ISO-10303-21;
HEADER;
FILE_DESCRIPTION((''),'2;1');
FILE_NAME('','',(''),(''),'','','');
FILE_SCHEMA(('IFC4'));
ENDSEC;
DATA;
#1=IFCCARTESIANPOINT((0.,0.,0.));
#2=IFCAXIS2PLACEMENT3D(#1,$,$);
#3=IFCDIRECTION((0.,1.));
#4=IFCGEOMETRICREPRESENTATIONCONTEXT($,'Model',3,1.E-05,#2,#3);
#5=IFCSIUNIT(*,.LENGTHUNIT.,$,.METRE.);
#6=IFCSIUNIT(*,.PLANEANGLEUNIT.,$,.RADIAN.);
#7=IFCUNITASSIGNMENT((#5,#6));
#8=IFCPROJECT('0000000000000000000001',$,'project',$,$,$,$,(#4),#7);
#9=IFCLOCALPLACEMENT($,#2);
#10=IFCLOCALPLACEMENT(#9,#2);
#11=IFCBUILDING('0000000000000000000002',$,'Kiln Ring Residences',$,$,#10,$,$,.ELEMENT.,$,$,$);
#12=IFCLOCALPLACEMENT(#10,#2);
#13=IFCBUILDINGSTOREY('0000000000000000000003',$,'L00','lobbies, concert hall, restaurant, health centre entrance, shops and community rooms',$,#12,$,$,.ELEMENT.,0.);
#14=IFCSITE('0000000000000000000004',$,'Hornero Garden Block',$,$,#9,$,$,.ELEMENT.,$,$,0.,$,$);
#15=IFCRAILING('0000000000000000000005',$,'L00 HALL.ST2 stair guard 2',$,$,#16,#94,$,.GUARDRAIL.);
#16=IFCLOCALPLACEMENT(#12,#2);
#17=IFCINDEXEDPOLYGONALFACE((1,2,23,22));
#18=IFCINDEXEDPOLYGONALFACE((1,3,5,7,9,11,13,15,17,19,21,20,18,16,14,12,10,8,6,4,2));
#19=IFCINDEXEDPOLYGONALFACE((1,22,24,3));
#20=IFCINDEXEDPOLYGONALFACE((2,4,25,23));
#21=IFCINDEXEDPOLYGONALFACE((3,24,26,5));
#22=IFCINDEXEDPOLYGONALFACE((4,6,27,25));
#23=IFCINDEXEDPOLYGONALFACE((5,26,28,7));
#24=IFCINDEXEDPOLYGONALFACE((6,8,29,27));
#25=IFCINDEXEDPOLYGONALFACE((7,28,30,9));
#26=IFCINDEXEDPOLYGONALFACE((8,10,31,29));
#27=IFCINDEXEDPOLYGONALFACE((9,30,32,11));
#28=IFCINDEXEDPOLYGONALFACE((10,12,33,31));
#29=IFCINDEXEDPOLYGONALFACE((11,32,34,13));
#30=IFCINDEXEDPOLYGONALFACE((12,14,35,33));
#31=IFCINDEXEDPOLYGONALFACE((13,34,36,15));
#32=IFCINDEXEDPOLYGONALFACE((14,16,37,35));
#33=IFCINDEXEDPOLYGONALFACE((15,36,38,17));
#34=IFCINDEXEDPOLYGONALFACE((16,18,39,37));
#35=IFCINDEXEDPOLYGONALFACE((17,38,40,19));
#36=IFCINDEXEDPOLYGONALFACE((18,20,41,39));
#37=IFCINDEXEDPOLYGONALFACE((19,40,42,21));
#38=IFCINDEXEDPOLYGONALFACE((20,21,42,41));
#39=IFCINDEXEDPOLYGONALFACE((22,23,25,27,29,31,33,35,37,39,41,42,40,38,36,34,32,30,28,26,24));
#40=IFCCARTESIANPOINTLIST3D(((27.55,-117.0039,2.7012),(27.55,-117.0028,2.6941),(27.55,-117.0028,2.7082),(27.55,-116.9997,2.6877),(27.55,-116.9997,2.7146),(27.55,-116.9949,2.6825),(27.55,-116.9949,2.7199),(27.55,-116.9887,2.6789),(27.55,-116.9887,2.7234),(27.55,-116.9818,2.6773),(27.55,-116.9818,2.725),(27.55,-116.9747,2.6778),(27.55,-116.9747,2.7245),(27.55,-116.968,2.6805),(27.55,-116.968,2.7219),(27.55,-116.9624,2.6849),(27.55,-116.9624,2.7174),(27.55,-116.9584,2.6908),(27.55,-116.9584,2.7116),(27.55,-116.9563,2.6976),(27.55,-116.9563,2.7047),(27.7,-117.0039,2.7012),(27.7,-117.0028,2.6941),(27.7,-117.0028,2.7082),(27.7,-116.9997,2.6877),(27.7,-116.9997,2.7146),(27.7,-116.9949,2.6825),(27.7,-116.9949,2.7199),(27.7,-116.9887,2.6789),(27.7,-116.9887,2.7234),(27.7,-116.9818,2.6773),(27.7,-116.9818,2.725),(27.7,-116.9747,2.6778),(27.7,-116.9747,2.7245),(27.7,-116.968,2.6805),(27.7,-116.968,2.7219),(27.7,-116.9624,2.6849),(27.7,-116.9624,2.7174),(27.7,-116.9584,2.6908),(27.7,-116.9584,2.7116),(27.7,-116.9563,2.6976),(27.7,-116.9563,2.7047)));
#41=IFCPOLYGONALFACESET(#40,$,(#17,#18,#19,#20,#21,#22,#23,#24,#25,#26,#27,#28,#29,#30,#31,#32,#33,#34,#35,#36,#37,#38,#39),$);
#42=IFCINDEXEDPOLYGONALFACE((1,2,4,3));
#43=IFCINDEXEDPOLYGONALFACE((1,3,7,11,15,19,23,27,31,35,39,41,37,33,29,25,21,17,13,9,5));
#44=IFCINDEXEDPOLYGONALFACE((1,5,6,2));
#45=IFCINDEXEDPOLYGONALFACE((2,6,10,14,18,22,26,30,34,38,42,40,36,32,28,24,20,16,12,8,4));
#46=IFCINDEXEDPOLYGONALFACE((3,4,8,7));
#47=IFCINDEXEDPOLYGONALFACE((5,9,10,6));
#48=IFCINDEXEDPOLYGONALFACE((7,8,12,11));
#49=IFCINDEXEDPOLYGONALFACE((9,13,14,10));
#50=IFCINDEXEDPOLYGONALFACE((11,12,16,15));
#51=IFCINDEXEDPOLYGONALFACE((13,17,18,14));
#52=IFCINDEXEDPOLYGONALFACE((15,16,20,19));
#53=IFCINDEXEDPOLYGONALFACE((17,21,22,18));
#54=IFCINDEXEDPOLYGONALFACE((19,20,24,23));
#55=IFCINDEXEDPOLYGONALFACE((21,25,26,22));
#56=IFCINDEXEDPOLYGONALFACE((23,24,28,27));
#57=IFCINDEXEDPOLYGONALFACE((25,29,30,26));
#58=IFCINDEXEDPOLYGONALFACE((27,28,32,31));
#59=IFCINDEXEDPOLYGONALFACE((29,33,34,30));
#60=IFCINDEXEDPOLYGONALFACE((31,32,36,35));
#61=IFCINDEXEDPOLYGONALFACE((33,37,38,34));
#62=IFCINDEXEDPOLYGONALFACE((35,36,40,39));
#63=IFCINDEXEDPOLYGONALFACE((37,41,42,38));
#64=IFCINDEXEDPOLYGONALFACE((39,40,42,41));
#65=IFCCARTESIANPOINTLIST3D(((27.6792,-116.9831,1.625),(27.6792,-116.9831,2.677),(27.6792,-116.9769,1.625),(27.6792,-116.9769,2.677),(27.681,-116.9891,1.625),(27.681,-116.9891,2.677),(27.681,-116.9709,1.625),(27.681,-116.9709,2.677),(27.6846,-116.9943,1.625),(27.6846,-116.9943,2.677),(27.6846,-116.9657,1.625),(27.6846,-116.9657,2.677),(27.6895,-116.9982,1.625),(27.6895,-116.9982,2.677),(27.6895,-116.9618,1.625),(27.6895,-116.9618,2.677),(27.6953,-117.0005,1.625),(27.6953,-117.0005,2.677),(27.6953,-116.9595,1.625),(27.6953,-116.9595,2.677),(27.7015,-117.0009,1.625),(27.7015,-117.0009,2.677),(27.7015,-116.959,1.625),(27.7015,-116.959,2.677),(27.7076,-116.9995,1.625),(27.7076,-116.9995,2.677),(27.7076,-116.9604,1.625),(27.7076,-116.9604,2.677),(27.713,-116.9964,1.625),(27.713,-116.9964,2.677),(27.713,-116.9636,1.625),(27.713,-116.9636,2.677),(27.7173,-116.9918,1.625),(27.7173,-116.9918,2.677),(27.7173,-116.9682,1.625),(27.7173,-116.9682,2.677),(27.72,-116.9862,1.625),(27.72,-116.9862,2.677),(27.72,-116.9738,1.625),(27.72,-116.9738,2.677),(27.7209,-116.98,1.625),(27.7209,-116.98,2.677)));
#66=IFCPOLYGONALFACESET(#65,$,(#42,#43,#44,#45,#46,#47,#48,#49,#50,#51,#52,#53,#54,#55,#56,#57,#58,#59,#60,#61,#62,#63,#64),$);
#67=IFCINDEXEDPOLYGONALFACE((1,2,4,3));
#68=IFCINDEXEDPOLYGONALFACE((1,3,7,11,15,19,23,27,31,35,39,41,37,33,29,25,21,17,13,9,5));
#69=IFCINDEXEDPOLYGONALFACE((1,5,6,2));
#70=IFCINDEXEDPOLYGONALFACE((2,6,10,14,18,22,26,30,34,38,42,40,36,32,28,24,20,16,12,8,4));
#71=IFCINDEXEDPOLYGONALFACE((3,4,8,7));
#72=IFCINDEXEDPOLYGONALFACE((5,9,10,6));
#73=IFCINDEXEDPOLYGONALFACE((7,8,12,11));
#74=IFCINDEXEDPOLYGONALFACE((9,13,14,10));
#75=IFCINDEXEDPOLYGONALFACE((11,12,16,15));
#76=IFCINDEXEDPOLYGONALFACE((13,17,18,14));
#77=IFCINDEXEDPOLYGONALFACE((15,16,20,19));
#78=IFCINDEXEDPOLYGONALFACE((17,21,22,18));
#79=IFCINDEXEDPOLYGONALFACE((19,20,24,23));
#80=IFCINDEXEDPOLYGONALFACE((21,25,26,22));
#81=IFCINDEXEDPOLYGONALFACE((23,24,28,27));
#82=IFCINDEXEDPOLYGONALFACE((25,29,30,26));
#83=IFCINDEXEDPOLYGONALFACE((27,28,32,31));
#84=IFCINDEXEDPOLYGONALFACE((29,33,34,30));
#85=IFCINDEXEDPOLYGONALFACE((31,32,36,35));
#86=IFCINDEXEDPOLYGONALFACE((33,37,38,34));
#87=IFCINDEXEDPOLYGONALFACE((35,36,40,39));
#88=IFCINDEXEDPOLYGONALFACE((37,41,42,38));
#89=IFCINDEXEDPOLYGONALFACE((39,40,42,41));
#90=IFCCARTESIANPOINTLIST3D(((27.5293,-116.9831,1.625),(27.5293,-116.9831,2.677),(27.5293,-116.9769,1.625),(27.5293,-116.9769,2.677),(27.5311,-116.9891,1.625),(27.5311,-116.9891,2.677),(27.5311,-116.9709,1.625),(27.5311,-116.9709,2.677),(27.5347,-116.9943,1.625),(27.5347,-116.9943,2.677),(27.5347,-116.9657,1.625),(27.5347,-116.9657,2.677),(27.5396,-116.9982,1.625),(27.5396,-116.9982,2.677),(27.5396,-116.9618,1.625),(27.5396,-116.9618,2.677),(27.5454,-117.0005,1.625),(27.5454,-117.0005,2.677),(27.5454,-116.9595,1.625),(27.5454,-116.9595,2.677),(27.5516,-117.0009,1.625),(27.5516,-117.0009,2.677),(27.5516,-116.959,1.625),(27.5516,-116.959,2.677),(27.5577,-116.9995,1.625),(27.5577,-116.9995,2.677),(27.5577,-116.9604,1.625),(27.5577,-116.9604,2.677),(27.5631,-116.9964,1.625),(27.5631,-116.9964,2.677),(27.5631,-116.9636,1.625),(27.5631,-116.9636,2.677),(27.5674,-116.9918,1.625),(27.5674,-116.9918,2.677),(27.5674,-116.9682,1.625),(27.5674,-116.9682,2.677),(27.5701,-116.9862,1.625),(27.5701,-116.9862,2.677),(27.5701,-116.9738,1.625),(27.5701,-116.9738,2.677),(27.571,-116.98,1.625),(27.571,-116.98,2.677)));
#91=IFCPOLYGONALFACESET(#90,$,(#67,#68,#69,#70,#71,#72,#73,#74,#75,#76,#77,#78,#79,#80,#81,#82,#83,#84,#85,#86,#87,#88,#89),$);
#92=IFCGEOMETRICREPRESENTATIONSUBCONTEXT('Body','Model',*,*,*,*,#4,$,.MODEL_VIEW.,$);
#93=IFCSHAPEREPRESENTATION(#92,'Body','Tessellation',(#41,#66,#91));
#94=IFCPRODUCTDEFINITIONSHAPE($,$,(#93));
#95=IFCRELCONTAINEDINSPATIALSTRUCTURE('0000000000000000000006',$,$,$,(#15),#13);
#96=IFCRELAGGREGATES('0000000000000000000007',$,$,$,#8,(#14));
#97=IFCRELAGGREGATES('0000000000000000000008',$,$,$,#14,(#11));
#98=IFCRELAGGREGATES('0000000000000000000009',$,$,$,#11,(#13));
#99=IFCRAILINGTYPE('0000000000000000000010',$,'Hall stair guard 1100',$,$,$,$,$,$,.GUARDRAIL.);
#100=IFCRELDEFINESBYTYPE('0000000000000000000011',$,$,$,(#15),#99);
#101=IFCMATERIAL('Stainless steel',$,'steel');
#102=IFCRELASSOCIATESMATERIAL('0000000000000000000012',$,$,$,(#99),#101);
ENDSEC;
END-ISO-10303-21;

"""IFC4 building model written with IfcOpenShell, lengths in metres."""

from ifc_helpers import new_model, si_unit, direction, frame, origin, origin_2d, place, context, subcontext, project, spatial, circle, extrude, material, type_object, element, save


model = new_model("IFC4")

# Units and contexts
model_context = context("Model", 3, precision=1e-05, world=origin(), true_north=direction((0.0, 1.0)))
body_context = subcontext(model_context, "Body", "Model", "MODEL_VIEW")
ifc_project = project(units=[si_unit("LENGTHUNIT", "METRE"), si_unit("PLANEANGLEUNIT", "RADIAN")], contexts=[model_context])

# Site, building, storey
site_placement = place(None, origin())
site = spatial("IfcSite", under=ifc_project, at=site_placement, Name="Hornero Garden Block", CompositionType="ELEMENT", RefElevation=0.0)
building_placement = place(site_placement, origin())
building = spatial("IfcBuilding", under=site, at=building_placement, Name="Kiln Ring Residences", CompositionType="ELEMENT")
storey_placement = place(building_placement, origin())
storey = spatial("IfcBuildingStorey", under=building, at=storey_placement, Name="L00", Description="lobbies, concert hall, restaurant, health centre entrance, shops and community rooms", CompositionType="ELEMENT", Elevation=0.0)

# Railing
ifc_material_1 = material(Name="Stainless steel", Category="steel")
railing_type_1 = type_object("IfcRailingType", Name="Hall stair guard 1100", PredefinedType="GUARDRAIL", material=ifc_material_1)
railing_1_placement = place(storey_placement, frame((27.7, -116.98, 1.625)))
element("IfcRailing", 1, at=railing_1_placement, inside=storey, type_object=railing_type_1, Name="L00 HALL.ST2 stair guard 2", PredefinedType="GUARDRAIL", context=body_context, shape_type="SweptSolid", body=[
    extrude(circle(Radius=0.0239, at=origin_2d()), frame((0.0, 0.0, 1.0762), z_axis=(-1.0, 0.0, 0.0), x_axis=(0.0, -1.0, 0.0)), (0.0, 0.0, 1.0), 0.1499),
    extrude(circle(Radius=0.021, at=origin_2d()), origin(), (0.0, 0.0, 1.0), 1.052),
    extrude(circle(Radius=0.021, at=origin_2d()), frame((-0.1499, 0.0, 0.0)), (0.0, 0.0, 1.0), 1.052),
])

save(model, "model.ifc")
